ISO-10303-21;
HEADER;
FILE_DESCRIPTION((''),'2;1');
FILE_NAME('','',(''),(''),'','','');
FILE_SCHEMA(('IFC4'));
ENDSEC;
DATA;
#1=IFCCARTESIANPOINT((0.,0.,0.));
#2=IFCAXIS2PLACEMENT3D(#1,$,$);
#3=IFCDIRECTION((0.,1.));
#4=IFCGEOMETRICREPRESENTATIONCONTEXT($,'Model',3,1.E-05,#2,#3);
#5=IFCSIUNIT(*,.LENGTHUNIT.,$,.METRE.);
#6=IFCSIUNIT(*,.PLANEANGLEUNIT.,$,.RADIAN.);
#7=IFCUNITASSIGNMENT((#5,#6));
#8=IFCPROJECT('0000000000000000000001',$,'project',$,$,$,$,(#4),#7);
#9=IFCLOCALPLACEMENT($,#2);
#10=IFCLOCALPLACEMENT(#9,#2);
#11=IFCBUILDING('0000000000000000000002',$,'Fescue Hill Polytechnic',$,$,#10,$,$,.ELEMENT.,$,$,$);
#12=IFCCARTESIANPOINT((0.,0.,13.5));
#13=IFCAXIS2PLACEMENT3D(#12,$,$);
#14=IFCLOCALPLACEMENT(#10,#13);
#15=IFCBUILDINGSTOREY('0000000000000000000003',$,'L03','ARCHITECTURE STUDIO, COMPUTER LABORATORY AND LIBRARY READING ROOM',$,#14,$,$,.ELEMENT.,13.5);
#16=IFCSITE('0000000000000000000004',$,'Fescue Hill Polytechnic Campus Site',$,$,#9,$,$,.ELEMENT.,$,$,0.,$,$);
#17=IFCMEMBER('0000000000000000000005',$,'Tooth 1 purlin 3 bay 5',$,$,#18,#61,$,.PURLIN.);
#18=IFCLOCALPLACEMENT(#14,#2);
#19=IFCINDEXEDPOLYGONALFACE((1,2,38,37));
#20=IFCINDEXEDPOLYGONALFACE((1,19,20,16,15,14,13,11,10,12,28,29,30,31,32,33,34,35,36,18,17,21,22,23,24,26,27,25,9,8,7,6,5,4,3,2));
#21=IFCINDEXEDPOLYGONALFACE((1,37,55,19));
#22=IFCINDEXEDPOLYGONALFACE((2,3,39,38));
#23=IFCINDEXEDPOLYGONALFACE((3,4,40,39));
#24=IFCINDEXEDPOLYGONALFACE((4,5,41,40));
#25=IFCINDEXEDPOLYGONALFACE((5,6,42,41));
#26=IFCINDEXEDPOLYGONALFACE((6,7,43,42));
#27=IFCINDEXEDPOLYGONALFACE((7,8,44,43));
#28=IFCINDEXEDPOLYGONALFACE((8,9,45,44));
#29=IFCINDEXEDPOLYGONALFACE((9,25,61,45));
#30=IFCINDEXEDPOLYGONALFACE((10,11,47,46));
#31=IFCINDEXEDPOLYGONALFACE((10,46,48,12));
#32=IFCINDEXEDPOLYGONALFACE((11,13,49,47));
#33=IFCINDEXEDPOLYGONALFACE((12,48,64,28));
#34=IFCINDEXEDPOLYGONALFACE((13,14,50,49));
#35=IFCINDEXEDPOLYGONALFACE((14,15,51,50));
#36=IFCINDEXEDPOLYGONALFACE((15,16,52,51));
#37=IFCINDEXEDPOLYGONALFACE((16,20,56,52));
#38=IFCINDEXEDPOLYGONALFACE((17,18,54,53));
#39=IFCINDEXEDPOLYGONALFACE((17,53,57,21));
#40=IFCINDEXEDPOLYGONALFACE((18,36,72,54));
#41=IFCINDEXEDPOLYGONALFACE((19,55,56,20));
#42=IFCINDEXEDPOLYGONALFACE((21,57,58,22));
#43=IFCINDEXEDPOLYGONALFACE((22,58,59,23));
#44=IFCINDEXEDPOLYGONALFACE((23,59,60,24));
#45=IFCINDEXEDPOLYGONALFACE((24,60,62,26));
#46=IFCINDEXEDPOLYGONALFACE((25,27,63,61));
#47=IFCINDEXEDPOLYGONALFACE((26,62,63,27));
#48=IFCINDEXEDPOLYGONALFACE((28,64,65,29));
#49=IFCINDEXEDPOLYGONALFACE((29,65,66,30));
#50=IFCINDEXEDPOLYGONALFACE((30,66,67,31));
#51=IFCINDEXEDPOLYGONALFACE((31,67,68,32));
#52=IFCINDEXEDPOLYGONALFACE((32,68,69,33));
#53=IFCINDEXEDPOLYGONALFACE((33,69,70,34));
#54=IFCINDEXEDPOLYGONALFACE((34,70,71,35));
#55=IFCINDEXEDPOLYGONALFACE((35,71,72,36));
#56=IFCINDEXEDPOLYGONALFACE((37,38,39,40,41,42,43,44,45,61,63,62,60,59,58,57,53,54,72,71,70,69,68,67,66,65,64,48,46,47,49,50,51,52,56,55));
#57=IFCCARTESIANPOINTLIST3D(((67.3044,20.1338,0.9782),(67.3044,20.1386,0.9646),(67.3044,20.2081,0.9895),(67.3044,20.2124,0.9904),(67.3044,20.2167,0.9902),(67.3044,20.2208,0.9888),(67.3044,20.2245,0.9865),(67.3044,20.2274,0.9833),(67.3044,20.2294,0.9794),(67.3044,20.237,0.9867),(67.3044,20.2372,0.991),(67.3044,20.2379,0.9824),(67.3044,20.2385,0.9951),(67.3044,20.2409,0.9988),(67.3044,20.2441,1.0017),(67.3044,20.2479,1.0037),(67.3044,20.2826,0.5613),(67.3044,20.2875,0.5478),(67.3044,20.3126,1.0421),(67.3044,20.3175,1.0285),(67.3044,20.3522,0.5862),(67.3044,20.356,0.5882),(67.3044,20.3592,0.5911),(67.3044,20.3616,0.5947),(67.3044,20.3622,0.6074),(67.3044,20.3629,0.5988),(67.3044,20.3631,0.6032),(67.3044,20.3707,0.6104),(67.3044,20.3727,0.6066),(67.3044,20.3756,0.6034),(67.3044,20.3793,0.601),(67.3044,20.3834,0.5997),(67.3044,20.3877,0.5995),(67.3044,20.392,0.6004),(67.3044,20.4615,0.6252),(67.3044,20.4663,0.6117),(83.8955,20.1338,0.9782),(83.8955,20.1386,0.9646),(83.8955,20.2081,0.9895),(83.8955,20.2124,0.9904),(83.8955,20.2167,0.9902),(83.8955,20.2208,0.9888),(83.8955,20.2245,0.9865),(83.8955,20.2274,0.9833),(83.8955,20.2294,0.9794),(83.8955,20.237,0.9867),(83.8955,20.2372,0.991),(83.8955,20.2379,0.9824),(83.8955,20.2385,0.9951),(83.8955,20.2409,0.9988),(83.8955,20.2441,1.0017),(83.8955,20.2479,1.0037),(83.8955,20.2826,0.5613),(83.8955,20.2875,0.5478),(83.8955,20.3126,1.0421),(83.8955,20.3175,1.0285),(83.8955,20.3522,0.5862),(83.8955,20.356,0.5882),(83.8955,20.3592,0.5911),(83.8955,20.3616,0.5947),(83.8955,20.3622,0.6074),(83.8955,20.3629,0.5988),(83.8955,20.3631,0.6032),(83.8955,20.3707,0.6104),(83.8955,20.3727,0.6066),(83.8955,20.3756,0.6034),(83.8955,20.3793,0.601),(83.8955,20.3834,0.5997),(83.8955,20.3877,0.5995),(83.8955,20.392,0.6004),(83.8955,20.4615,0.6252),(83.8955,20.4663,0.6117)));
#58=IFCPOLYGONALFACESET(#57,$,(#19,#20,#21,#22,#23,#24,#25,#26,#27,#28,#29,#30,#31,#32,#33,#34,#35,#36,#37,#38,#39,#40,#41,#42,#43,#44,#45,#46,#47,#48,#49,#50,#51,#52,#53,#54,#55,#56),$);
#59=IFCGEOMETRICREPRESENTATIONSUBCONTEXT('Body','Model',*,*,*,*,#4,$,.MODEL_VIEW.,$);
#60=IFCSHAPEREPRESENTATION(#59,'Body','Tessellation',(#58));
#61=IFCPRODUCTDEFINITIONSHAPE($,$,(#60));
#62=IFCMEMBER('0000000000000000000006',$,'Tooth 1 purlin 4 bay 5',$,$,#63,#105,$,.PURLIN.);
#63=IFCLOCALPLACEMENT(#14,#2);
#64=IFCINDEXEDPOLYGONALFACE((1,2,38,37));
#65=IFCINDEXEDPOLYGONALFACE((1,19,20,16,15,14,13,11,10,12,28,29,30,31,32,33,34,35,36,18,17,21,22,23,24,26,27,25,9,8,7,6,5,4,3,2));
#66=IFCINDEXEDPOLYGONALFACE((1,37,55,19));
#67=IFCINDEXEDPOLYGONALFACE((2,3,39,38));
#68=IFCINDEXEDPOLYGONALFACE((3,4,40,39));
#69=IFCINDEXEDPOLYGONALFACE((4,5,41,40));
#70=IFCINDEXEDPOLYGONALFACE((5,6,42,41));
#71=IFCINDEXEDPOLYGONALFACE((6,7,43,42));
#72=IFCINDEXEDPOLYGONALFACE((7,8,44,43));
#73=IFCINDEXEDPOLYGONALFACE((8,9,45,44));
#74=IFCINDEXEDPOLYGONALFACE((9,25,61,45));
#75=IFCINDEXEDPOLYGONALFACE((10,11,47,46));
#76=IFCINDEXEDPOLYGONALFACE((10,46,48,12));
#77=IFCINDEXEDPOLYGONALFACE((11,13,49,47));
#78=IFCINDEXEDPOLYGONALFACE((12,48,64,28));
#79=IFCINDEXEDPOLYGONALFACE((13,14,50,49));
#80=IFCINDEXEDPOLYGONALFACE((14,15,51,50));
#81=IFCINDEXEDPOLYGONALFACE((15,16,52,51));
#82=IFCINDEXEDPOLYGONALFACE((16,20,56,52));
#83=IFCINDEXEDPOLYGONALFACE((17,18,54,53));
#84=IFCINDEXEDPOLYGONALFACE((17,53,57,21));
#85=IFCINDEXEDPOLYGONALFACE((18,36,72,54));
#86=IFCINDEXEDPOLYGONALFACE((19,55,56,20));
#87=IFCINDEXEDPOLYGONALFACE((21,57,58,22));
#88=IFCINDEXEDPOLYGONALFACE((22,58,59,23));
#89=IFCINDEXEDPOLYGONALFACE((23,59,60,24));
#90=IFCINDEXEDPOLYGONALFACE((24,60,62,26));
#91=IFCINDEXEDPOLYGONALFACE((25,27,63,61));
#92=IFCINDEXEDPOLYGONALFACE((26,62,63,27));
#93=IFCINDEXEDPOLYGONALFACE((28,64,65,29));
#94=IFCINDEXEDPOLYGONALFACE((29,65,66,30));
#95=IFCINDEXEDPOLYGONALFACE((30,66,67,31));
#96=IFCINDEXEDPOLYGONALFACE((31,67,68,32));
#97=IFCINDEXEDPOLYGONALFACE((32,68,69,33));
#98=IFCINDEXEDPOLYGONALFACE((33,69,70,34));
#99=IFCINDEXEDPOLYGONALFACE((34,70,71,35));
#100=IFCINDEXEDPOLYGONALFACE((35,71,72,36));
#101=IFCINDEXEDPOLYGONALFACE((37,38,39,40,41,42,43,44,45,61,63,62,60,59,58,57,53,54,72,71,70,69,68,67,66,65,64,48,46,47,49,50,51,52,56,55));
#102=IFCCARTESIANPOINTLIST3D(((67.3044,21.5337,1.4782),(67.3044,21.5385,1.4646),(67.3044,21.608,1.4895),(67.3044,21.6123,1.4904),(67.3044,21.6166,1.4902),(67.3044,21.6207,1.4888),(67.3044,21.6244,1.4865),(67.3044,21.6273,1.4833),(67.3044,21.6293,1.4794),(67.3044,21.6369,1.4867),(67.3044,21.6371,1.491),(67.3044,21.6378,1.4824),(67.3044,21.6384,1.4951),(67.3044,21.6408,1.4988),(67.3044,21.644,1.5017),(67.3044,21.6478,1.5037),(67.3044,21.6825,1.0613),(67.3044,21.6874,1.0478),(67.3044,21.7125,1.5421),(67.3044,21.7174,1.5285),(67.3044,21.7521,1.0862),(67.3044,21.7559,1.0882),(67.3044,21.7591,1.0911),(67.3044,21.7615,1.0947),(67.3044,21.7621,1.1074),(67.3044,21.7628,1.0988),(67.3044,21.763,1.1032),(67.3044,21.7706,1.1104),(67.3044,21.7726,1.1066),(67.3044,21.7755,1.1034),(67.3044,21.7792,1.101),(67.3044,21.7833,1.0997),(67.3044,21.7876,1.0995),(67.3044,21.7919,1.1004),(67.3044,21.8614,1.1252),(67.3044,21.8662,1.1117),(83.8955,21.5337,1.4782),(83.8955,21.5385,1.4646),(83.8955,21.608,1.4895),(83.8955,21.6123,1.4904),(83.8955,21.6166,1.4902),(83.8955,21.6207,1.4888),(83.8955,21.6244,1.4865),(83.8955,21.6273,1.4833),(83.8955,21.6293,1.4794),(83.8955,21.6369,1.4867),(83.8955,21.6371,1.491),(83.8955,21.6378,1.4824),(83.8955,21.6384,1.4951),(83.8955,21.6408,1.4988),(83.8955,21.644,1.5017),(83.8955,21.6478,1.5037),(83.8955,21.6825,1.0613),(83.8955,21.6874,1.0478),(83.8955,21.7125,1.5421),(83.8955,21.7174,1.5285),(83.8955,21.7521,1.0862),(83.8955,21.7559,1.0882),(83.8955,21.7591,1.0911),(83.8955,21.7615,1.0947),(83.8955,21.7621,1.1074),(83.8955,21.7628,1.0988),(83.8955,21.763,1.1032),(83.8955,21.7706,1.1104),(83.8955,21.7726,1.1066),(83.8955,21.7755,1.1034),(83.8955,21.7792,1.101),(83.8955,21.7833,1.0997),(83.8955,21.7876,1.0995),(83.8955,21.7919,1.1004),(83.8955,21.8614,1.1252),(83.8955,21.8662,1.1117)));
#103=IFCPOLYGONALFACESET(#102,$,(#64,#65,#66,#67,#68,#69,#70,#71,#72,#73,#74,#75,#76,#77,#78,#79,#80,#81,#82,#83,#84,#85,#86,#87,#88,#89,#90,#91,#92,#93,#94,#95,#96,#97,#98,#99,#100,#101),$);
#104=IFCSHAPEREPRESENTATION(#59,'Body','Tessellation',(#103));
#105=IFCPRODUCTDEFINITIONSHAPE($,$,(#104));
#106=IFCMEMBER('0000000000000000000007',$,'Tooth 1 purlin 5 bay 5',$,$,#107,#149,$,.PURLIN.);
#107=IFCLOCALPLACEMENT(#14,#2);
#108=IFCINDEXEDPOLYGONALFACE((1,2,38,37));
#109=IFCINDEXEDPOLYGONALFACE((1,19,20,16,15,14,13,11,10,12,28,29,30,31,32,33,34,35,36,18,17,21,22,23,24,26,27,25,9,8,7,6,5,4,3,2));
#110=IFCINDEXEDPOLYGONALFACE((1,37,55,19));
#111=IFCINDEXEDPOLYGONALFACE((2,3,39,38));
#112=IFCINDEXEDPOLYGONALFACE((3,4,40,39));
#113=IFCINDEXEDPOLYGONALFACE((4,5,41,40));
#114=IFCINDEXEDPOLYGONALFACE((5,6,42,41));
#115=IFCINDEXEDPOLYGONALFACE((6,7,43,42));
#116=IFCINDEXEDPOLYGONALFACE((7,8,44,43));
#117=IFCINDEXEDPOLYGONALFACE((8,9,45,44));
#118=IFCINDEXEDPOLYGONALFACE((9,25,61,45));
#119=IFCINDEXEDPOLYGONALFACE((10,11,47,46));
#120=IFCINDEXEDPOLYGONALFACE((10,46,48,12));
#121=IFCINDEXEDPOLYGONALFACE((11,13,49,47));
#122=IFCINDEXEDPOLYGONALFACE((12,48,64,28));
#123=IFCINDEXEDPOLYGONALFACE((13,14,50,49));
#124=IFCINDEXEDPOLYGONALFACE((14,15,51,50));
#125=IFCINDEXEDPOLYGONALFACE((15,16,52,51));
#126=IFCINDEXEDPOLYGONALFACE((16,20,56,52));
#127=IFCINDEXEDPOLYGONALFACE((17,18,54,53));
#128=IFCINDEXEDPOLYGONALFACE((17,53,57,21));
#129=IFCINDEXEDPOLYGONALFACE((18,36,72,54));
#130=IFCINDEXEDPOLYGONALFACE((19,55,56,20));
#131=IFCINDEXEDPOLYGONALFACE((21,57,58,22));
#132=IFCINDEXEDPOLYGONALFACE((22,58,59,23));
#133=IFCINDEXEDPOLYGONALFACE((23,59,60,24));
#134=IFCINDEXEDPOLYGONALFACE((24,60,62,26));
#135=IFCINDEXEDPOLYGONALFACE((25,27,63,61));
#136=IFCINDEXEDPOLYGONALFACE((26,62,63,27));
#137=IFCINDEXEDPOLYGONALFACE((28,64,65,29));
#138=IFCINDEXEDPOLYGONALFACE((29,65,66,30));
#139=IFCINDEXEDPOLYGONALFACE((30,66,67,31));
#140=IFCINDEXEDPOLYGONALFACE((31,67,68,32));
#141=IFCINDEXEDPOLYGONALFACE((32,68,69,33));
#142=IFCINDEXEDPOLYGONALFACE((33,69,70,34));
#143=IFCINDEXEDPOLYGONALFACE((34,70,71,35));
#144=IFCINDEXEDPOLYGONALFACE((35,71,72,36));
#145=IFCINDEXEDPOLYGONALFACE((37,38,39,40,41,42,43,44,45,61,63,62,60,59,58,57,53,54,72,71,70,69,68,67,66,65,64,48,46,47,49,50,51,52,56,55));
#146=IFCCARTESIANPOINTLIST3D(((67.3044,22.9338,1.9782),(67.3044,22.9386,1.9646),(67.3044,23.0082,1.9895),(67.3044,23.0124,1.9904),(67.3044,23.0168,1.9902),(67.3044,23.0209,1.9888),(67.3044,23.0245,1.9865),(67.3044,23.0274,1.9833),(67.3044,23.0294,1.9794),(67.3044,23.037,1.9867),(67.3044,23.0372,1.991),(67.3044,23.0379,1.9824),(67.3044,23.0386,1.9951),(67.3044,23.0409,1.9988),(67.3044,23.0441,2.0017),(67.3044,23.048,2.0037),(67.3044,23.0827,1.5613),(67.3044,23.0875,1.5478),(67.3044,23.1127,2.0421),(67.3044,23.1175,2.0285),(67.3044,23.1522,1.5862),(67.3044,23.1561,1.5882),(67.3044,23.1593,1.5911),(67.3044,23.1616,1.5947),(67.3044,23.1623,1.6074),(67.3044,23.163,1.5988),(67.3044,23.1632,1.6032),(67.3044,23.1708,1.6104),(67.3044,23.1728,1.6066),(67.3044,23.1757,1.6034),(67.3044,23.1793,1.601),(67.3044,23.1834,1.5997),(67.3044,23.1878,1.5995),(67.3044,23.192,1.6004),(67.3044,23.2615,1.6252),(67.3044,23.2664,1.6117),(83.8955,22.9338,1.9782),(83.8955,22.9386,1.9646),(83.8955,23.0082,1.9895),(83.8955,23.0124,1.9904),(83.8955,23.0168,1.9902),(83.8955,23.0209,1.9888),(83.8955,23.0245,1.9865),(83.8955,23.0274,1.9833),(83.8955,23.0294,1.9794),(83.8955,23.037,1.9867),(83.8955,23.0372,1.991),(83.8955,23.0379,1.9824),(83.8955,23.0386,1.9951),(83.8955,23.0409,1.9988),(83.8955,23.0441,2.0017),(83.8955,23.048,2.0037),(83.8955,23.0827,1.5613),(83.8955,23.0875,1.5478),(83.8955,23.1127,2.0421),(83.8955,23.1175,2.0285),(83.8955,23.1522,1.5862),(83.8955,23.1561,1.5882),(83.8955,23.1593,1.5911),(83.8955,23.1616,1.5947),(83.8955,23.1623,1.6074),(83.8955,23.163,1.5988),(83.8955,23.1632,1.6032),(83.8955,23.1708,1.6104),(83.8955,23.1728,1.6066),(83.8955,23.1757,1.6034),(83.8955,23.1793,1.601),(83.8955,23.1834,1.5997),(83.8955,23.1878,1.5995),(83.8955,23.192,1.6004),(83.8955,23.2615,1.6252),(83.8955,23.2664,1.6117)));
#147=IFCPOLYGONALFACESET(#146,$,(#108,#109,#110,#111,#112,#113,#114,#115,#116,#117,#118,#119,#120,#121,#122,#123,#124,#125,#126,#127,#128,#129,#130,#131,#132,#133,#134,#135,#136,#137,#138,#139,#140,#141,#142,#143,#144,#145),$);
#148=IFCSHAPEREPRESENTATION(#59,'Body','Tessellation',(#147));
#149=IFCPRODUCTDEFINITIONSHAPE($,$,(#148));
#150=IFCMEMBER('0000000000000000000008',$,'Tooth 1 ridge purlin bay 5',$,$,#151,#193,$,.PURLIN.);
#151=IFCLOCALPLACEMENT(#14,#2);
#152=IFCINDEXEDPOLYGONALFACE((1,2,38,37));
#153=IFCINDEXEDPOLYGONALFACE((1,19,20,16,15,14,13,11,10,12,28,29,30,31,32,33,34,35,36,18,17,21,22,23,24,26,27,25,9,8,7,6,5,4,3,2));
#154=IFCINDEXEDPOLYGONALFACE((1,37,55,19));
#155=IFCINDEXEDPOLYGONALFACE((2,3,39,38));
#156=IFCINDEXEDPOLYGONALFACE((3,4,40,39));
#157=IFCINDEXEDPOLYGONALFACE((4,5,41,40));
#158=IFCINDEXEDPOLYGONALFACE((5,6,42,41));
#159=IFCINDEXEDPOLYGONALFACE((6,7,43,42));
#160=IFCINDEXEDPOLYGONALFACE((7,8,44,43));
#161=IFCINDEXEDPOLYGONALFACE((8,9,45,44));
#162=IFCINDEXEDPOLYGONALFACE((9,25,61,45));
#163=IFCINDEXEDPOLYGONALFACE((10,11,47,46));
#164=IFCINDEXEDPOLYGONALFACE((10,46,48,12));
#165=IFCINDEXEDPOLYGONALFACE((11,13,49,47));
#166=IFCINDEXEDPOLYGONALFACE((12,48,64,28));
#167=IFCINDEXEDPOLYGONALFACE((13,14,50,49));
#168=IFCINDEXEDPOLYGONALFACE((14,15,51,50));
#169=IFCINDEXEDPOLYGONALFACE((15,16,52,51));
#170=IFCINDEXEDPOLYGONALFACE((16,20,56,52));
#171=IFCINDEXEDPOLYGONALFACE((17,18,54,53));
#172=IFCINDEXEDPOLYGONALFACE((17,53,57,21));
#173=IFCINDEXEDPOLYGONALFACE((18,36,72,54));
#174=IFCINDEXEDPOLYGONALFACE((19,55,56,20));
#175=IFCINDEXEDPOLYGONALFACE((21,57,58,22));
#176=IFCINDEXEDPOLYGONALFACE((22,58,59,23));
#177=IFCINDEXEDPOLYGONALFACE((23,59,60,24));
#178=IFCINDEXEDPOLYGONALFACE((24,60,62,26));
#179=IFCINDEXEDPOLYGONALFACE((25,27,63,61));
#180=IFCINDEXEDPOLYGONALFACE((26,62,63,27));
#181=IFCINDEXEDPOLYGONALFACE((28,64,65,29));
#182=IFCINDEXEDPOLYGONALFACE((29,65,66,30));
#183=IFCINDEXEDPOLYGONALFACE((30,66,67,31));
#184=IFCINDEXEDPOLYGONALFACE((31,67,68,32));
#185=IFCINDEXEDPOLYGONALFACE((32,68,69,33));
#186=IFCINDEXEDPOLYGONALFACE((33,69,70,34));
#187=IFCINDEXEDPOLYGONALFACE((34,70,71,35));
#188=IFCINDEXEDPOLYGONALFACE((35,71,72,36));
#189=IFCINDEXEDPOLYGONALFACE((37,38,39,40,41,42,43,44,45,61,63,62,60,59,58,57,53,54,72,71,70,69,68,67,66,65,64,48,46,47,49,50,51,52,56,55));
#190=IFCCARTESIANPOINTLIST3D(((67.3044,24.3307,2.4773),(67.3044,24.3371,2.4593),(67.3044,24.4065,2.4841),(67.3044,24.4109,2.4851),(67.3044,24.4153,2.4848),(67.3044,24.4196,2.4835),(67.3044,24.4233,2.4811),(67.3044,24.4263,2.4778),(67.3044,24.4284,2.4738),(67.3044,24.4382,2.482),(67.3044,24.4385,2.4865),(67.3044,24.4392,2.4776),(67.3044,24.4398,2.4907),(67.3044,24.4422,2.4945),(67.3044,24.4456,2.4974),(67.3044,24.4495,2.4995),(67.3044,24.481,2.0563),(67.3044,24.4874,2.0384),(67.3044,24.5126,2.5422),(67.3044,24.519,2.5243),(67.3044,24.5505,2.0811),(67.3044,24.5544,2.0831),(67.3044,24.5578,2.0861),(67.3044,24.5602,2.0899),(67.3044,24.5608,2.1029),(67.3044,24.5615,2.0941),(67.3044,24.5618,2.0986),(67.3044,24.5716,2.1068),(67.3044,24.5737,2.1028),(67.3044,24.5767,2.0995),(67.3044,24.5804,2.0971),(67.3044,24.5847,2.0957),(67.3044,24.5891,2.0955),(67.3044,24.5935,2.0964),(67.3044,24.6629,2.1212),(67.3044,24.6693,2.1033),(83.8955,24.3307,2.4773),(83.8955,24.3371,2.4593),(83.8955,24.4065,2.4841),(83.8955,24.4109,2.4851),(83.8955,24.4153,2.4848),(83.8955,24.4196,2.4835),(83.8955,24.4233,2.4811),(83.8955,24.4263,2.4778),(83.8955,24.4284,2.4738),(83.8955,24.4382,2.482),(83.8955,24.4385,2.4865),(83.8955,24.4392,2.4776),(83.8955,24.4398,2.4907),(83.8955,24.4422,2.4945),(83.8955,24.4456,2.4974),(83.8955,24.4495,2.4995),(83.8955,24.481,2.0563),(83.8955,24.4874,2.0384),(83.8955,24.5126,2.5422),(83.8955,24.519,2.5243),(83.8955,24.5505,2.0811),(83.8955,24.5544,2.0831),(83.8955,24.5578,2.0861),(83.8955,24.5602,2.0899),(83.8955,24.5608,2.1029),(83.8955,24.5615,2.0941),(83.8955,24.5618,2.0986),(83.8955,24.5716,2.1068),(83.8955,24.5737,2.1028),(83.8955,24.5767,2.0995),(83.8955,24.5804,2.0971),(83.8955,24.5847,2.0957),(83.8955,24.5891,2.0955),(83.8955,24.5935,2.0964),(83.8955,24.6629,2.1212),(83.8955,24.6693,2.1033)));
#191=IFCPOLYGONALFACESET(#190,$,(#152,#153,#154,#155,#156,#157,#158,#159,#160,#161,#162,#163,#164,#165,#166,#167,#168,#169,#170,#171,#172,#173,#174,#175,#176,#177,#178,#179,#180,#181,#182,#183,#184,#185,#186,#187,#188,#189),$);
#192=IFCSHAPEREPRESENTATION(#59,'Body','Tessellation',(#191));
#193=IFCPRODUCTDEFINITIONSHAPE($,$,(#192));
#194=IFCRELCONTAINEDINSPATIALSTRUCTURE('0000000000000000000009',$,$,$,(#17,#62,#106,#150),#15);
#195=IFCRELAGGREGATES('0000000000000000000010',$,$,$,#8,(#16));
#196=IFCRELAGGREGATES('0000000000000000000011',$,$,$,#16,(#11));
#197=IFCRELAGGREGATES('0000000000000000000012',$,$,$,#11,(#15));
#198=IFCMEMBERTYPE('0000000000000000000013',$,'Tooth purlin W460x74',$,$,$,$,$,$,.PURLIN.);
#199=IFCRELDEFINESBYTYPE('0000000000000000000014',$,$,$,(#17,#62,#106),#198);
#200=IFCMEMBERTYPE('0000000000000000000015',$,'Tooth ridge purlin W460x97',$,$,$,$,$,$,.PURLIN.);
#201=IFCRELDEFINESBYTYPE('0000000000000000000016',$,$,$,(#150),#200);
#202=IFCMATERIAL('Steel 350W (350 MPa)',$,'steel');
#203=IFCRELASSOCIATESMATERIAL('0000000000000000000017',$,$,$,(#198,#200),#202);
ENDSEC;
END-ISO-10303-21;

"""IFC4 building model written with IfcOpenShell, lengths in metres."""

from ifc_helpers import new_model, si_unit, direction, frame, origin, origin_2d, place, context, subcontext, project, spatial, i_section, extrude, material, material_profile, profile_set, type_object, element, save


model = new_model("IFC4")

# Units and contexts
model_context = context("Model", 3, precision=1e-05, world=origin(), true_north=direction((0.0, 1.0)))
body_context = subcontext(model_context, "Body", "Model", "MODEL_VIEW")
ifc_project = project(units=[si_unit("LENGTHUNIT", "METRE"), si_unit("PLANEANGLEUNIT", "RADIAN")], contexts=[model_context])

# Site, building, storey
site_placement = place(None, origin())
site = spatial("IfcSite", under=ifc_project, at=site_placement, Name="Fescue Hill Polytechnic Campus Site", CompositionType="ELEMENT", RefElevation=0.0)
building_placement = place(site_placement, origin())
building = spatial("IfcBuilding", under=site, at=building_placement, Name="Fescue Hill Polytechnic", CompositionType="ELEMENT")
storey_placement = place(building_placement, frame((0.0, 0.0, 13.5)))
storey = spatial("IfcBuildingStorey", under=building, at=storey_placement, Name="L03", Description="ARCHITECTURE STUDIO, COMPUTER LABORATORY AND LIBRARY READING ROOM", CompositionType="ELEMENT", Elevation=13.5)

# Members
ifc_material_1 = material(Name="Steel 350W (350 MPa)", Category="steel")
ifc_material_profile_1 = material_profile(ifc_material_1, i_section(OverallWidth=0.1899, OverallDepth=0.457, WebThickness=0.009, FlangeThickness=0.0144, FilletRadius=0.0166, at=origin_2d()), Name="W460x74")
ifc_profile_set_1 = profile_set([ifc_material_profile_1], Name="Steel 350W (350 MPa)")
member_type_1 = type_object("IfcMemberType", Name="Tooth purlin W460x74", PredefinedType="PURLIN", material=ifc_profile_set_1)
for number, where, z_axis, x_axis, name in (
    (1, (67.3044, 20.3, 0.7949), (1.0, 0.0, 0.0), (0.0, 0.941742, 0.336336), "Tooth 1 purlin 3 bay 5"),
    (2, (67.3044, 21.7, 1.2949), (1.0, 0.0, 0.0), (0.0, 0.941742, 0.336336), "Tooth 1 purlin 4 bay 5"),
    (3, (67.3044, 23.1001, 1.7949), (1.0, 0.0, 0.0), (0.0, 0.941742, 0.336336), "Tooth 1 purlin 5 bay 5"),
):
    element("IfcMember", number, at=place(storey_placement, frame(where, z_axis=z_axis, x_axis=x_axis)), inside=storey, type_object=member_type_1, Name=name, PredefinedType="PURLIN", context=body_context, shape_type="SweptSolid", body=[
        extrude(i_section(OverallWidth=0.1899, OverallDepth=0.457, WebThickness=0.009, FlangeThickness=0.0144, FilletRadius=0.0166, at=origin_2d()), origin(), (0.0, 0.0, 1.0), 16.5911),
    ])
ifc_material_profile_2 = material_profile(ifc_material_1, i_section(OverallWidth=0.1931, OverallDepth=0.4661, WebThickness=0.0115, FlangeThickness=0.019, FilletRadius=0.0171, at=origin_2d()), Name="W460x97")
ifc_profile_set_2 = profile_set([ifc_material_profile_2], Name="Steel 350W (350 MPa)")
member_type_2 = type_object("IfcMemberType", Name="Tooth ridge purlin W460x97", PredefinedType="PURLIN", material=ifc_profile_set_2)
member_1_placement = place(storey_placement, frame((67.3044, 24.5, 2.2903), z_axis=(1.0, 0.0, 0.0), x_axis=(0.0, 0.941742, 0.336336)))
element("IfcMember", 4, at=member_1_placement, inside=storey, type_object=member_type_2, Name="Tooth 1 ridge purlin bay 5", PredefinedType="PURLIN", context=body_context, shape_type="SweptSolid", body=[
    extrude(i_section(OverallWidth=0.1931, OverallDepth=0.4661, WebThickness=0.0115, FlangeThickness=0.019, FilletRadius=0.0171, at=origin_2d()), origin(), (0.0, 0.0, 1.0), 16.5911),
])

save(model, "model.ifc")
